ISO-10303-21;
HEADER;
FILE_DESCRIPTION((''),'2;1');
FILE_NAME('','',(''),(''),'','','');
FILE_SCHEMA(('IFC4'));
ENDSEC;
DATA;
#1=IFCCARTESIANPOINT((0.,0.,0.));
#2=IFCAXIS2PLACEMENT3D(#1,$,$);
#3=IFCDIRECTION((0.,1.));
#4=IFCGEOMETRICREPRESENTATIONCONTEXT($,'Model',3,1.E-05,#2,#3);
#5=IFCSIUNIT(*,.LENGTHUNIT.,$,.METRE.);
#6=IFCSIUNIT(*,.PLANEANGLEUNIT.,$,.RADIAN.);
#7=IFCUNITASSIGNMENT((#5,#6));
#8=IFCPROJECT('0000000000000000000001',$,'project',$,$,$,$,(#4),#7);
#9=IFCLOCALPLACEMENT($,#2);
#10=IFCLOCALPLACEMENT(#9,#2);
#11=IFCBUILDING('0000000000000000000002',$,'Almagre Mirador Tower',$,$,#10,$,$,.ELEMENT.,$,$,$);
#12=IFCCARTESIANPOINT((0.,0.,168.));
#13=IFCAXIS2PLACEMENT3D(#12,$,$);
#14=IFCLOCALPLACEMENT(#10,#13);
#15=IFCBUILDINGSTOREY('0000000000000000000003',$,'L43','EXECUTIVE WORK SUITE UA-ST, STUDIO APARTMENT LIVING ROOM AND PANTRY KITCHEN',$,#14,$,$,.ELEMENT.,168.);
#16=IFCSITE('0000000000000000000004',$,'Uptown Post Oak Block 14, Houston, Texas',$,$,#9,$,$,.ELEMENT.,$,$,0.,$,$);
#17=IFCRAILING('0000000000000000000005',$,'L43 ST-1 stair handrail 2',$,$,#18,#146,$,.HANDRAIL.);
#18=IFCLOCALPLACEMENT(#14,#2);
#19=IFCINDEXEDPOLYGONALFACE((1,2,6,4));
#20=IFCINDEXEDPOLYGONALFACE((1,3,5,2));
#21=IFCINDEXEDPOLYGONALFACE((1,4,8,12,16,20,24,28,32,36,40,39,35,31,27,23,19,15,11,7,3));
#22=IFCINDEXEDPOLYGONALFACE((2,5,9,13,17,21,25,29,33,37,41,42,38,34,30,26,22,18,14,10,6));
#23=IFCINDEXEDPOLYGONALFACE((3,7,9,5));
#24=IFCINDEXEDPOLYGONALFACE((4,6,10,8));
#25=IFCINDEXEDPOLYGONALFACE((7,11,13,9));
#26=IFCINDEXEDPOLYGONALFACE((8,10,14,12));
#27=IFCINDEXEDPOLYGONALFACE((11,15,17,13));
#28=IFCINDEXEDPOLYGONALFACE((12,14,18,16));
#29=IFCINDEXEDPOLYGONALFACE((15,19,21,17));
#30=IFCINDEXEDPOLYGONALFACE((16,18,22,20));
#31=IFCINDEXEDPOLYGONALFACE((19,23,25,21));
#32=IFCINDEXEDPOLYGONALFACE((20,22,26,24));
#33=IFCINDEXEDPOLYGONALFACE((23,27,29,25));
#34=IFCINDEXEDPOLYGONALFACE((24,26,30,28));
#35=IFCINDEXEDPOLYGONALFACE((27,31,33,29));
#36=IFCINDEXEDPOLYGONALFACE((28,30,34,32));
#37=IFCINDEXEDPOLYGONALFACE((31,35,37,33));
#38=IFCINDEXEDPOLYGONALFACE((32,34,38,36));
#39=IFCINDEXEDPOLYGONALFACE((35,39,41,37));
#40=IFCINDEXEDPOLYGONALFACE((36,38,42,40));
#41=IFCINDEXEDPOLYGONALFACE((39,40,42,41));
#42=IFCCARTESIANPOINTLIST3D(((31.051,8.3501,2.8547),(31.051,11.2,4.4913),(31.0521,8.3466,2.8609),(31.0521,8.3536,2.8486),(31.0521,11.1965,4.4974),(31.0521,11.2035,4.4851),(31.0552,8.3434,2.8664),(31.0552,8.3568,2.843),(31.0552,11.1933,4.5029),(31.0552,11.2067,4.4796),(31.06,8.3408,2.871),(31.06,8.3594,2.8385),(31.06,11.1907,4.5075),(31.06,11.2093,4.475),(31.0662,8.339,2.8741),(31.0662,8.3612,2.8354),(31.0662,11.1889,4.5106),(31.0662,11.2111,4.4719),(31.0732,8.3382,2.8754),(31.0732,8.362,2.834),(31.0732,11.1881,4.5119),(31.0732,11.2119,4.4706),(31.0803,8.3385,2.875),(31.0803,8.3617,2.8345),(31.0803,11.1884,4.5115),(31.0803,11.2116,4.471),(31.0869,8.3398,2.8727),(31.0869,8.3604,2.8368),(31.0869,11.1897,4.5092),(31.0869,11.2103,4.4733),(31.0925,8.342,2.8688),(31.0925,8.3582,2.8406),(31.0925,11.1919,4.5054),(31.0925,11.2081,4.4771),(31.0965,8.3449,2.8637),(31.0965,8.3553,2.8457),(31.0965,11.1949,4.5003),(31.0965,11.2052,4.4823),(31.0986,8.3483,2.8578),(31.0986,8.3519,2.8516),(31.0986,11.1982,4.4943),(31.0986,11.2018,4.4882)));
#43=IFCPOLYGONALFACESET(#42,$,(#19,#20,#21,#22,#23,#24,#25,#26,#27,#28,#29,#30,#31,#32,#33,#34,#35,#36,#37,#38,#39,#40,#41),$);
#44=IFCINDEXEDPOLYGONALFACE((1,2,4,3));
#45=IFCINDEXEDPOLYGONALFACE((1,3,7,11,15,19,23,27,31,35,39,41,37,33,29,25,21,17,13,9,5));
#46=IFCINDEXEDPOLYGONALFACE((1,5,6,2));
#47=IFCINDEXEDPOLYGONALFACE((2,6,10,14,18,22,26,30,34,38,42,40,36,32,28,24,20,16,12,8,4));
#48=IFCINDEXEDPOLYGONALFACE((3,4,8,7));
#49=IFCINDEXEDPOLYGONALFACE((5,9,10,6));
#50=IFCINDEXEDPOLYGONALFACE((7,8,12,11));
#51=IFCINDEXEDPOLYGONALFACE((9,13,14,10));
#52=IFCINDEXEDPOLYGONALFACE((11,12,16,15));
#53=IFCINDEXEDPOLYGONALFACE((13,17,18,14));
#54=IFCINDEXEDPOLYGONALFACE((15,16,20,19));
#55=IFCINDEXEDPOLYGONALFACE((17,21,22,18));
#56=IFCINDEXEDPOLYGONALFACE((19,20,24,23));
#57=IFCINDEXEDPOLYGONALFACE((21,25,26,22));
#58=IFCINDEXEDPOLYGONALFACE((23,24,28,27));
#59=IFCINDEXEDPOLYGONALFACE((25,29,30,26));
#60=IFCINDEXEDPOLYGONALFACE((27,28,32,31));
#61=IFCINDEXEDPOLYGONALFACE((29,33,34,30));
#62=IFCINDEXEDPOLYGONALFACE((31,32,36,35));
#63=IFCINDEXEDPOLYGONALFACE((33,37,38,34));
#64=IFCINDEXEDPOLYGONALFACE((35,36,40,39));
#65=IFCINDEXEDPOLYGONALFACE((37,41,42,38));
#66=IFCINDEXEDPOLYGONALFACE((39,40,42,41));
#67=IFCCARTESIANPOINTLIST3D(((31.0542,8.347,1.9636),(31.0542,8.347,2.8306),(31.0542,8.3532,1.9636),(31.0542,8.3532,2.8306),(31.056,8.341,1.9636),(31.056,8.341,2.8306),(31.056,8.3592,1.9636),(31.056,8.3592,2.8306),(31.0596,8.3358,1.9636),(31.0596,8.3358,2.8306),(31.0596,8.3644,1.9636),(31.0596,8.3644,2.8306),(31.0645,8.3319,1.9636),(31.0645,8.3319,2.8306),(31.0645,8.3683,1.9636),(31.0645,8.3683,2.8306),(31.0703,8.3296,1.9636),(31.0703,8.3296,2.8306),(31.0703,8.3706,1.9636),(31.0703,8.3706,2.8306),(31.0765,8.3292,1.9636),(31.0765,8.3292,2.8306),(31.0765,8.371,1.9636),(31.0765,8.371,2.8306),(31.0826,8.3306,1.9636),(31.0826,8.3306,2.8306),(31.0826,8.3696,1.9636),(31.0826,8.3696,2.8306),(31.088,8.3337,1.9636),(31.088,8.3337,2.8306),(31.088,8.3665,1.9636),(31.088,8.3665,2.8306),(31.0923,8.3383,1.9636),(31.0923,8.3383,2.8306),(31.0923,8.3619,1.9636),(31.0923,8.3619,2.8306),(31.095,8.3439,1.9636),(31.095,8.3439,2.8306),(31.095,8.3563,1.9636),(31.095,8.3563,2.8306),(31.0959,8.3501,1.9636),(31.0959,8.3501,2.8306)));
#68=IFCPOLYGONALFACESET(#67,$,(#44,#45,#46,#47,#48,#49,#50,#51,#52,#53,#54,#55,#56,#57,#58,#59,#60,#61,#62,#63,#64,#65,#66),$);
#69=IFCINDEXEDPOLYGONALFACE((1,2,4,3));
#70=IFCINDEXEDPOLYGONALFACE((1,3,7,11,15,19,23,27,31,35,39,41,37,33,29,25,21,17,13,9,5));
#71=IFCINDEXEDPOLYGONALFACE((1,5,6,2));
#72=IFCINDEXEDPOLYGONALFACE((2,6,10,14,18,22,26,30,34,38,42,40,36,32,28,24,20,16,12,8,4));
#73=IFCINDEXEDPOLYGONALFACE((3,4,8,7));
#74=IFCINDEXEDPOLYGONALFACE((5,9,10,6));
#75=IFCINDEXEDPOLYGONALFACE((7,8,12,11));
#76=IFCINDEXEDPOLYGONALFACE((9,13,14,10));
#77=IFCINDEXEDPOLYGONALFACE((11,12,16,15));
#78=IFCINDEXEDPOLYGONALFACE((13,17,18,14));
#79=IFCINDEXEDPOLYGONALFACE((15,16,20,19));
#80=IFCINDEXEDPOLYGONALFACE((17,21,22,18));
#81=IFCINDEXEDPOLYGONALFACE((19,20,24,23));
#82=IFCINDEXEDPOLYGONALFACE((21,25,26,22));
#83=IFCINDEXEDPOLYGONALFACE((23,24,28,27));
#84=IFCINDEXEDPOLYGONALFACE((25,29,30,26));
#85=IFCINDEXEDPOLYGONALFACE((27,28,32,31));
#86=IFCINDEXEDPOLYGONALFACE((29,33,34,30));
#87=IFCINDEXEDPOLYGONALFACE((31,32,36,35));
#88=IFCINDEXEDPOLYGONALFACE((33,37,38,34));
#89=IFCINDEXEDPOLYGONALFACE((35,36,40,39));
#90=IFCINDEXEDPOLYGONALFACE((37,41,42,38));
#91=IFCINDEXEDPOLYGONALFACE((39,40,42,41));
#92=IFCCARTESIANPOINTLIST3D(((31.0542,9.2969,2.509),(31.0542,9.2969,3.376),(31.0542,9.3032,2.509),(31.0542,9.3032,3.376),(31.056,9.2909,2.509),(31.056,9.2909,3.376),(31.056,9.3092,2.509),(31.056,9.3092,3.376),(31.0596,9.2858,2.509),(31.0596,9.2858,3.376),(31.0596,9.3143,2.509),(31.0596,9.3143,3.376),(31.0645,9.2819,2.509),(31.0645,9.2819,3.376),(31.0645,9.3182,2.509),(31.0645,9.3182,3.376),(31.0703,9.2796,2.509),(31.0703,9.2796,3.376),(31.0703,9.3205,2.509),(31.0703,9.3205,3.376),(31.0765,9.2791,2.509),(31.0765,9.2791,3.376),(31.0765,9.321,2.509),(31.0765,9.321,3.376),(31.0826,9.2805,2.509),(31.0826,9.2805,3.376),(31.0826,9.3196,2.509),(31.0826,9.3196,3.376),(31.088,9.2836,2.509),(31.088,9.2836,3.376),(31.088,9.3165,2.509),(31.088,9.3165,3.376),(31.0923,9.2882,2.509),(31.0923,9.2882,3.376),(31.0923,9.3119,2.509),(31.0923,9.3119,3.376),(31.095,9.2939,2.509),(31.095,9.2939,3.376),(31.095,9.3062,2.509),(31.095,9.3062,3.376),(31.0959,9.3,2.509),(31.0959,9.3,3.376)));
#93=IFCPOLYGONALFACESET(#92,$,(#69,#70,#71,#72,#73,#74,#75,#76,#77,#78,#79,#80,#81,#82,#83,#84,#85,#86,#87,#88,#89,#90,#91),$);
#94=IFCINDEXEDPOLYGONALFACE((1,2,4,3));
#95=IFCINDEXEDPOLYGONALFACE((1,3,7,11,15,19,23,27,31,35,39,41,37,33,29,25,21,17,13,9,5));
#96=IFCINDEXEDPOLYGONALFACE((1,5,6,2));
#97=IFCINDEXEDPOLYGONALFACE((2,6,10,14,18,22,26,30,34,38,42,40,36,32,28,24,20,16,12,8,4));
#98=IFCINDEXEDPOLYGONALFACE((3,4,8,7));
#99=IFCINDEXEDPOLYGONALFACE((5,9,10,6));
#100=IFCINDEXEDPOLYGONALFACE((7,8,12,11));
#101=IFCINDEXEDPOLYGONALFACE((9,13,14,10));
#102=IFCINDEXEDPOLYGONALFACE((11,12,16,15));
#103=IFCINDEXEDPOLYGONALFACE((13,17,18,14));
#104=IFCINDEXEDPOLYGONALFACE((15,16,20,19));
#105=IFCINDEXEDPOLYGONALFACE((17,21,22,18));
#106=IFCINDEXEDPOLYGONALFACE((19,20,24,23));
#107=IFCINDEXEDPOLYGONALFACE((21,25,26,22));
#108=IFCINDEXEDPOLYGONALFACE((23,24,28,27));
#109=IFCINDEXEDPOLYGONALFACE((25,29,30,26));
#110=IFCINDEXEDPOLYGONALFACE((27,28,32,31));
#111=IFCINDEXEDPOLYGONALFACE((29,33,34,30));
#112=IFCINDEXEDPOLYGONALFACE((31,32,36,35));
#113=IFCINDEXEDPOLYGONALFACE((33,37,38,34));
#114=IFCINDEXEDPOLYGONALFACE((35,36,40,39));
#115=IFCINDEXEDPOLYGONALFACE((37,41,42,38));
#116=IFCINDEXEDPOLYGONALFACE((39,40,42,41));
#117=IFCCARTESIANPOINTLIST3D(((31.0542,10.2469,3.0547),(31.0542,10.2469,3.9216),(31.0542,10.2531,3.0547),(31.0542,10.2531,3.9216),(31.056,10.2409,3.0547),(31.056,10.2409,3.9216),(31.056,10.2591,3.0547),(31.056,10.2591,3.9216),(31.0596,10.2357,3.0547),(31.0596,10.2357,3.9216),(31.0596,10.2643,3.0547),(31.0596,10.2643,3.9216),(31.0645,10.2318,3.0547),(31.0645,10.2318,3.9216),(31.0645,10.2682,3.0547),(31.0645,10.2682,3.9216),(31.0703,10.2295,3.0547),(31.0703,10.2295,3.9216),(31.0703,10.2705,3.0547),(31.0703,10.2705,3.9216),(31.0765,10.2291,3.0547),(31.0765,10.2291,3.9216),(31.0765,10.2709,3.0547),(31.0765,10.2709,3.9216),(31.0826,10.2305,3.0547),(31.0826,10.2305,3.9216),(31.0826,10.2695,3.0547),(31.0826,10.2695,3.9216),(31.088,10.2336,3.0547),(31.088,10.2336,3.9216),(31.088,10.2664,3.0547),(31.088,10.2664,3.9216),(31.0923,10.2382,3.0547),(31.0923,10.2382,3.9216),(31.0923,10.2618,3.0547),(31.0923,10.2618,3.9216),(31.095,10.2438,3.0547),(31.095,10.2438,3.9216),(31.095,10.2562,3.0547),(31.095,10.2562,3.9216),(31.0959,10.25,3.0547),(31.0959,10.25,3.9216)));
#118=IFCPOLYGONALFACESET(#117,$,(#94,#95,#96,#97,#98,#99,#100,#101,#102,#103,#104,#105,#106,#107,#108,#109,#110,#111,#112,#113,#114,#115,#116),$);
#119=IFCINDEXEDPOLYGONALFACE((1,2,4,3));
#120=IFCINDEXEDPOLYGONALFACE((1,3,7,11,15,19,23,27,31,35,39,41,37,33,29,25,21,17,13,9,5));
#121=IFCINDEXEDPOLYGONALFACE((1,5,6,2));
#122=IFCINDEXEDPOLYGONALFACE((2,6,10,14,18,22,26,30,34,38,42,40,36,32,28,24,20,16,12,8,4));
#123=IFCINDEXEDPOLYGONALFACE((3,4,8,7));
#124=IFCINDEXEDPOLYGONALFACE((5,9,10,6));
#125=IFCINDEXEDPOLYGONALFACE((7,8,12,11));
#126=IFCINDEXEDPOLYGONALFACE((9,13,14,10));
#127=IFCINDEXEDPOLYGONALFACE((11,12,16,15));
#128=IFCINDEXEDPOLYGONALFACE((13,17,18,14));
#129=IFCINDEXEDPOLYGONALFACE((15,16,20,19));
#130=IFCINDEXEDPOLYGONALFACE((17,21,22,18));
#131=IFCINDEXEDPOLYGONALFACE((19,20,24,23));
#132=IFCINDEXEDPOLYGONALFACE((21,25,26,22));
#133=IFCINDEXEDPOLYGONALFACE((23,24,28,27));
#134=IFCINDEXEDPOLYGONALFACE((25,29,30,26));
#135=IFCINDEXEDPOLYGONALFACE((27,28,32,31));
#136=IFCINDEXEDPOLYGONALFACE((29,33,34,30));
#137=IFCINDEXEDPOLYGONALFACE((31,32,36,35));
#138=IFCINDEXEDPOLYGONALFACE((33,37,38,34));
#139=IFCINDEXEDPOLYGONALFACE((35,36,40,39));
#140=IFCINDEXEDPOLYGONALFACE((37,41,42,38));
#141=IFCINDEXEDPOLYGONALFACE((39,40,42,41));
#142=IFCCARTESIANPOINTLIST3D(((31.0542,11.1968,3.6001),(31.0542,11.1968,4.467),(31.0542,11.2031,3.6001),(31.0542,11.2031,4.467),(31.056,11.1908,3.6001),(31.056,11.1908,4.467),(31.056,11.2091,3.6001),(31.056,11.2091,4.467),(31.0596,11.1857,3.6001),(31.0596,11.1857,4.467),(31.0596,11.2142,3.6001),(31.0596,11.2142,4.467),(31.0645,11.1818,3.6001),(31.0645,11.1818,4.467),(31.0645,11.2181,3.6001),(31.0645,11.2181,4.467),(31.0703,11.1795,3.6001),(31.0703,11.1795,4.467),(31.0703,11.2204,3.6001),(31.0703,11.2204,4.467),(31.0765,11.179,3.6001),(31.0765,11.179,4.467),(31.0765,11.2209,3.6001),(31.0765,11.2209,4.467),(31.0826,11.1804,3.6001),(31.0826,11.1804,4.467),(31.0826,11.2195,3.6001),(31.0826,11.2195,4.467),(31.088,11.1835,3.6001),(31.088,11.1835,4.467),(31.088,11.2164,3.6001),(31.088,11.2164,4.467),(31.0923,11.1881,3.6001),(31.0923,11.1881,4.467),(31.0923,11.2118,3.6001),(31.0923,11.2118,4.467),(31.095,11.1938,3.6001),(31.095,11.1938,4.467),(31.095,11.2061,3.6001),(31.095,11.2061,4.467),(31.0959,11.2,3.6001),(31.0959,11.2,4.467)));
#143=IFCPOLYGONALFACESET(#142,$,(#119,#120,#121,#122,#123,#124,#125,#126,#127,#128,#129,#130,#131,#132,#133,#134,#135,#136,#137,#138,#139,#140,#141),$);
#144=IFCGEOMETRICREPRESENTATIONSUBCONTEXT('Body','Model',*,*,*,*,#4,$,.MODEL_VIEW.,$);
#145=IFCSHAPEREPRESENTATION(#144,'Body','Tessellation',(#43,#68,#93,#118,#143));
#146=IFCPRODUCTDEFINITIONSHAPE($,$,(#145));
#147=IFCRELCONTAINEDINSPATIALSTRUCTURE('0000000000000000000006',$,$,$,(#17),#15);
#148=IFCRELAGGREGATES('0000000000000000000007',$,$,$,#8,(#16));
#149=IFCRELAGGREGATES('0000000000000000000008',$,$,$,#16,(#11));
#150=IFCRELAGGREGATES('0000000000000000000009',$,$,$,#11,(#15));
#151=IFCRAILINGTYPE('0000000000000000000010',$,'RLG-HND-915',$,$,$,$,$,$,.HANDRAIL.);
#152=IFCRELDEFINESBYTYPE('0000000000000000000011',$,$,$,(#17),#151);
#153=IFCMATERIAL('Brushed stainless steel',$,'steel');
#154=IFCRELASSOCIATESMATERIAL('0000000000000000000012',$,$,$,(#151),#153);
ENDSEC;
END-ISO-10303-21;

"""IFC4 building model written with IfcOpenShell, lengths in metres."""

from ifc_helpers import new_model, si_unit, direction, frame, origin, origin_2d, place, context, subcontext, project, spatial, circle, extrude, material, type_object, element, save


model = new_model("IFC4")

# Units and contexts
model_context = context("Model", 3, precision=1e-05, world=origin(), true_north=direction((0.0, 1.0)))
body_context = subcontext(model_context, "Body", "Model", "MODEL_VIEW")
ifc_project = project(units=[si_unit("LENGTHUNIT", "METRE"), si_unit("PLANEANGLEUNIT", "RADIAN")], contexts=[model_context])

# Site, building, storey
site_placement = place(None, origin())
site = spatial("IfcSite", under=ifc_project, at=site_placement, Name="Uptown Post Oak Block 14, Houston, Texas", CompositionType="ELEMENT", RefElevation=0.0)
building_placement = place(site_placement, origin())
building = spatial("IfcBuilding", under=site, at=building_placement, Name="Almagre Mirador Tower", CompositionType="ELEMENT")
storey_placement = place(building_placement, frame((0.0, 0.0, 168.0)))
storey = spatial("IfcBuildingStorey", under=building, at=storey_placement, Name="L43", Description="EXECUTIVE WORK SUITE UA-ST, STUDIO APARTMENT LIVING ROOM AND PANTRY KITCHEN", CompositionType="ELEMENT", Elevation=168.0)

# Railing
ifc_material_1 = material(Name="Brushed stainless steel", Category="steel")
railing_type_1 = type_object("IfcRailingType", Name="RLG-HND-915", PredefinedType="HANDRAIL", material=ifc_material_1)
railing_1_placement = place(storey_placement, frame((31.075, 8.3501, 1.9636)))
element("IfcRailing", 1, at=railing_1_placement, inside=storey, type_object=railing_type_1, Name="L43 ST-1 stair handrail 2", PredefinedType="HANDRAIL", context=body_context, shape_type="SweptSolid", body=[
    extrude(circle(Radius=0.0239, at=origin_2d()), frame((0.0, 0.0, 0.8911), z_axis=(0.0, 0.867194, 0.49797), x_axis=(-1.0, 0.0, 0.0)), (0.0, 0.0, 1.0), 3.2864),
    extrude(circle(Radius=0.021, at=origin_2d()), origin(), (0.0, 0.0, 1.0), 0.8669),
    extrude(circle(Radius=0.021, at=origin_2d()), frame((0.0, 0.95, 0.5454)), (0.0, 0.0, 1.0), 0.8669),
    extrude(circle(Radius=0.021, at=origin_2d()), frame((0.0, 1.8999, 1.0911)), (0.0, 0.0, 1.0), 0.8669),
    extrude(circle(Radius=0.021, at=origin_2d()), frame((0.0, 2.8499, 1.6365)), (0.0, 0.0, 1.0), 0.8669),
])

save(model, "model.ifc")
